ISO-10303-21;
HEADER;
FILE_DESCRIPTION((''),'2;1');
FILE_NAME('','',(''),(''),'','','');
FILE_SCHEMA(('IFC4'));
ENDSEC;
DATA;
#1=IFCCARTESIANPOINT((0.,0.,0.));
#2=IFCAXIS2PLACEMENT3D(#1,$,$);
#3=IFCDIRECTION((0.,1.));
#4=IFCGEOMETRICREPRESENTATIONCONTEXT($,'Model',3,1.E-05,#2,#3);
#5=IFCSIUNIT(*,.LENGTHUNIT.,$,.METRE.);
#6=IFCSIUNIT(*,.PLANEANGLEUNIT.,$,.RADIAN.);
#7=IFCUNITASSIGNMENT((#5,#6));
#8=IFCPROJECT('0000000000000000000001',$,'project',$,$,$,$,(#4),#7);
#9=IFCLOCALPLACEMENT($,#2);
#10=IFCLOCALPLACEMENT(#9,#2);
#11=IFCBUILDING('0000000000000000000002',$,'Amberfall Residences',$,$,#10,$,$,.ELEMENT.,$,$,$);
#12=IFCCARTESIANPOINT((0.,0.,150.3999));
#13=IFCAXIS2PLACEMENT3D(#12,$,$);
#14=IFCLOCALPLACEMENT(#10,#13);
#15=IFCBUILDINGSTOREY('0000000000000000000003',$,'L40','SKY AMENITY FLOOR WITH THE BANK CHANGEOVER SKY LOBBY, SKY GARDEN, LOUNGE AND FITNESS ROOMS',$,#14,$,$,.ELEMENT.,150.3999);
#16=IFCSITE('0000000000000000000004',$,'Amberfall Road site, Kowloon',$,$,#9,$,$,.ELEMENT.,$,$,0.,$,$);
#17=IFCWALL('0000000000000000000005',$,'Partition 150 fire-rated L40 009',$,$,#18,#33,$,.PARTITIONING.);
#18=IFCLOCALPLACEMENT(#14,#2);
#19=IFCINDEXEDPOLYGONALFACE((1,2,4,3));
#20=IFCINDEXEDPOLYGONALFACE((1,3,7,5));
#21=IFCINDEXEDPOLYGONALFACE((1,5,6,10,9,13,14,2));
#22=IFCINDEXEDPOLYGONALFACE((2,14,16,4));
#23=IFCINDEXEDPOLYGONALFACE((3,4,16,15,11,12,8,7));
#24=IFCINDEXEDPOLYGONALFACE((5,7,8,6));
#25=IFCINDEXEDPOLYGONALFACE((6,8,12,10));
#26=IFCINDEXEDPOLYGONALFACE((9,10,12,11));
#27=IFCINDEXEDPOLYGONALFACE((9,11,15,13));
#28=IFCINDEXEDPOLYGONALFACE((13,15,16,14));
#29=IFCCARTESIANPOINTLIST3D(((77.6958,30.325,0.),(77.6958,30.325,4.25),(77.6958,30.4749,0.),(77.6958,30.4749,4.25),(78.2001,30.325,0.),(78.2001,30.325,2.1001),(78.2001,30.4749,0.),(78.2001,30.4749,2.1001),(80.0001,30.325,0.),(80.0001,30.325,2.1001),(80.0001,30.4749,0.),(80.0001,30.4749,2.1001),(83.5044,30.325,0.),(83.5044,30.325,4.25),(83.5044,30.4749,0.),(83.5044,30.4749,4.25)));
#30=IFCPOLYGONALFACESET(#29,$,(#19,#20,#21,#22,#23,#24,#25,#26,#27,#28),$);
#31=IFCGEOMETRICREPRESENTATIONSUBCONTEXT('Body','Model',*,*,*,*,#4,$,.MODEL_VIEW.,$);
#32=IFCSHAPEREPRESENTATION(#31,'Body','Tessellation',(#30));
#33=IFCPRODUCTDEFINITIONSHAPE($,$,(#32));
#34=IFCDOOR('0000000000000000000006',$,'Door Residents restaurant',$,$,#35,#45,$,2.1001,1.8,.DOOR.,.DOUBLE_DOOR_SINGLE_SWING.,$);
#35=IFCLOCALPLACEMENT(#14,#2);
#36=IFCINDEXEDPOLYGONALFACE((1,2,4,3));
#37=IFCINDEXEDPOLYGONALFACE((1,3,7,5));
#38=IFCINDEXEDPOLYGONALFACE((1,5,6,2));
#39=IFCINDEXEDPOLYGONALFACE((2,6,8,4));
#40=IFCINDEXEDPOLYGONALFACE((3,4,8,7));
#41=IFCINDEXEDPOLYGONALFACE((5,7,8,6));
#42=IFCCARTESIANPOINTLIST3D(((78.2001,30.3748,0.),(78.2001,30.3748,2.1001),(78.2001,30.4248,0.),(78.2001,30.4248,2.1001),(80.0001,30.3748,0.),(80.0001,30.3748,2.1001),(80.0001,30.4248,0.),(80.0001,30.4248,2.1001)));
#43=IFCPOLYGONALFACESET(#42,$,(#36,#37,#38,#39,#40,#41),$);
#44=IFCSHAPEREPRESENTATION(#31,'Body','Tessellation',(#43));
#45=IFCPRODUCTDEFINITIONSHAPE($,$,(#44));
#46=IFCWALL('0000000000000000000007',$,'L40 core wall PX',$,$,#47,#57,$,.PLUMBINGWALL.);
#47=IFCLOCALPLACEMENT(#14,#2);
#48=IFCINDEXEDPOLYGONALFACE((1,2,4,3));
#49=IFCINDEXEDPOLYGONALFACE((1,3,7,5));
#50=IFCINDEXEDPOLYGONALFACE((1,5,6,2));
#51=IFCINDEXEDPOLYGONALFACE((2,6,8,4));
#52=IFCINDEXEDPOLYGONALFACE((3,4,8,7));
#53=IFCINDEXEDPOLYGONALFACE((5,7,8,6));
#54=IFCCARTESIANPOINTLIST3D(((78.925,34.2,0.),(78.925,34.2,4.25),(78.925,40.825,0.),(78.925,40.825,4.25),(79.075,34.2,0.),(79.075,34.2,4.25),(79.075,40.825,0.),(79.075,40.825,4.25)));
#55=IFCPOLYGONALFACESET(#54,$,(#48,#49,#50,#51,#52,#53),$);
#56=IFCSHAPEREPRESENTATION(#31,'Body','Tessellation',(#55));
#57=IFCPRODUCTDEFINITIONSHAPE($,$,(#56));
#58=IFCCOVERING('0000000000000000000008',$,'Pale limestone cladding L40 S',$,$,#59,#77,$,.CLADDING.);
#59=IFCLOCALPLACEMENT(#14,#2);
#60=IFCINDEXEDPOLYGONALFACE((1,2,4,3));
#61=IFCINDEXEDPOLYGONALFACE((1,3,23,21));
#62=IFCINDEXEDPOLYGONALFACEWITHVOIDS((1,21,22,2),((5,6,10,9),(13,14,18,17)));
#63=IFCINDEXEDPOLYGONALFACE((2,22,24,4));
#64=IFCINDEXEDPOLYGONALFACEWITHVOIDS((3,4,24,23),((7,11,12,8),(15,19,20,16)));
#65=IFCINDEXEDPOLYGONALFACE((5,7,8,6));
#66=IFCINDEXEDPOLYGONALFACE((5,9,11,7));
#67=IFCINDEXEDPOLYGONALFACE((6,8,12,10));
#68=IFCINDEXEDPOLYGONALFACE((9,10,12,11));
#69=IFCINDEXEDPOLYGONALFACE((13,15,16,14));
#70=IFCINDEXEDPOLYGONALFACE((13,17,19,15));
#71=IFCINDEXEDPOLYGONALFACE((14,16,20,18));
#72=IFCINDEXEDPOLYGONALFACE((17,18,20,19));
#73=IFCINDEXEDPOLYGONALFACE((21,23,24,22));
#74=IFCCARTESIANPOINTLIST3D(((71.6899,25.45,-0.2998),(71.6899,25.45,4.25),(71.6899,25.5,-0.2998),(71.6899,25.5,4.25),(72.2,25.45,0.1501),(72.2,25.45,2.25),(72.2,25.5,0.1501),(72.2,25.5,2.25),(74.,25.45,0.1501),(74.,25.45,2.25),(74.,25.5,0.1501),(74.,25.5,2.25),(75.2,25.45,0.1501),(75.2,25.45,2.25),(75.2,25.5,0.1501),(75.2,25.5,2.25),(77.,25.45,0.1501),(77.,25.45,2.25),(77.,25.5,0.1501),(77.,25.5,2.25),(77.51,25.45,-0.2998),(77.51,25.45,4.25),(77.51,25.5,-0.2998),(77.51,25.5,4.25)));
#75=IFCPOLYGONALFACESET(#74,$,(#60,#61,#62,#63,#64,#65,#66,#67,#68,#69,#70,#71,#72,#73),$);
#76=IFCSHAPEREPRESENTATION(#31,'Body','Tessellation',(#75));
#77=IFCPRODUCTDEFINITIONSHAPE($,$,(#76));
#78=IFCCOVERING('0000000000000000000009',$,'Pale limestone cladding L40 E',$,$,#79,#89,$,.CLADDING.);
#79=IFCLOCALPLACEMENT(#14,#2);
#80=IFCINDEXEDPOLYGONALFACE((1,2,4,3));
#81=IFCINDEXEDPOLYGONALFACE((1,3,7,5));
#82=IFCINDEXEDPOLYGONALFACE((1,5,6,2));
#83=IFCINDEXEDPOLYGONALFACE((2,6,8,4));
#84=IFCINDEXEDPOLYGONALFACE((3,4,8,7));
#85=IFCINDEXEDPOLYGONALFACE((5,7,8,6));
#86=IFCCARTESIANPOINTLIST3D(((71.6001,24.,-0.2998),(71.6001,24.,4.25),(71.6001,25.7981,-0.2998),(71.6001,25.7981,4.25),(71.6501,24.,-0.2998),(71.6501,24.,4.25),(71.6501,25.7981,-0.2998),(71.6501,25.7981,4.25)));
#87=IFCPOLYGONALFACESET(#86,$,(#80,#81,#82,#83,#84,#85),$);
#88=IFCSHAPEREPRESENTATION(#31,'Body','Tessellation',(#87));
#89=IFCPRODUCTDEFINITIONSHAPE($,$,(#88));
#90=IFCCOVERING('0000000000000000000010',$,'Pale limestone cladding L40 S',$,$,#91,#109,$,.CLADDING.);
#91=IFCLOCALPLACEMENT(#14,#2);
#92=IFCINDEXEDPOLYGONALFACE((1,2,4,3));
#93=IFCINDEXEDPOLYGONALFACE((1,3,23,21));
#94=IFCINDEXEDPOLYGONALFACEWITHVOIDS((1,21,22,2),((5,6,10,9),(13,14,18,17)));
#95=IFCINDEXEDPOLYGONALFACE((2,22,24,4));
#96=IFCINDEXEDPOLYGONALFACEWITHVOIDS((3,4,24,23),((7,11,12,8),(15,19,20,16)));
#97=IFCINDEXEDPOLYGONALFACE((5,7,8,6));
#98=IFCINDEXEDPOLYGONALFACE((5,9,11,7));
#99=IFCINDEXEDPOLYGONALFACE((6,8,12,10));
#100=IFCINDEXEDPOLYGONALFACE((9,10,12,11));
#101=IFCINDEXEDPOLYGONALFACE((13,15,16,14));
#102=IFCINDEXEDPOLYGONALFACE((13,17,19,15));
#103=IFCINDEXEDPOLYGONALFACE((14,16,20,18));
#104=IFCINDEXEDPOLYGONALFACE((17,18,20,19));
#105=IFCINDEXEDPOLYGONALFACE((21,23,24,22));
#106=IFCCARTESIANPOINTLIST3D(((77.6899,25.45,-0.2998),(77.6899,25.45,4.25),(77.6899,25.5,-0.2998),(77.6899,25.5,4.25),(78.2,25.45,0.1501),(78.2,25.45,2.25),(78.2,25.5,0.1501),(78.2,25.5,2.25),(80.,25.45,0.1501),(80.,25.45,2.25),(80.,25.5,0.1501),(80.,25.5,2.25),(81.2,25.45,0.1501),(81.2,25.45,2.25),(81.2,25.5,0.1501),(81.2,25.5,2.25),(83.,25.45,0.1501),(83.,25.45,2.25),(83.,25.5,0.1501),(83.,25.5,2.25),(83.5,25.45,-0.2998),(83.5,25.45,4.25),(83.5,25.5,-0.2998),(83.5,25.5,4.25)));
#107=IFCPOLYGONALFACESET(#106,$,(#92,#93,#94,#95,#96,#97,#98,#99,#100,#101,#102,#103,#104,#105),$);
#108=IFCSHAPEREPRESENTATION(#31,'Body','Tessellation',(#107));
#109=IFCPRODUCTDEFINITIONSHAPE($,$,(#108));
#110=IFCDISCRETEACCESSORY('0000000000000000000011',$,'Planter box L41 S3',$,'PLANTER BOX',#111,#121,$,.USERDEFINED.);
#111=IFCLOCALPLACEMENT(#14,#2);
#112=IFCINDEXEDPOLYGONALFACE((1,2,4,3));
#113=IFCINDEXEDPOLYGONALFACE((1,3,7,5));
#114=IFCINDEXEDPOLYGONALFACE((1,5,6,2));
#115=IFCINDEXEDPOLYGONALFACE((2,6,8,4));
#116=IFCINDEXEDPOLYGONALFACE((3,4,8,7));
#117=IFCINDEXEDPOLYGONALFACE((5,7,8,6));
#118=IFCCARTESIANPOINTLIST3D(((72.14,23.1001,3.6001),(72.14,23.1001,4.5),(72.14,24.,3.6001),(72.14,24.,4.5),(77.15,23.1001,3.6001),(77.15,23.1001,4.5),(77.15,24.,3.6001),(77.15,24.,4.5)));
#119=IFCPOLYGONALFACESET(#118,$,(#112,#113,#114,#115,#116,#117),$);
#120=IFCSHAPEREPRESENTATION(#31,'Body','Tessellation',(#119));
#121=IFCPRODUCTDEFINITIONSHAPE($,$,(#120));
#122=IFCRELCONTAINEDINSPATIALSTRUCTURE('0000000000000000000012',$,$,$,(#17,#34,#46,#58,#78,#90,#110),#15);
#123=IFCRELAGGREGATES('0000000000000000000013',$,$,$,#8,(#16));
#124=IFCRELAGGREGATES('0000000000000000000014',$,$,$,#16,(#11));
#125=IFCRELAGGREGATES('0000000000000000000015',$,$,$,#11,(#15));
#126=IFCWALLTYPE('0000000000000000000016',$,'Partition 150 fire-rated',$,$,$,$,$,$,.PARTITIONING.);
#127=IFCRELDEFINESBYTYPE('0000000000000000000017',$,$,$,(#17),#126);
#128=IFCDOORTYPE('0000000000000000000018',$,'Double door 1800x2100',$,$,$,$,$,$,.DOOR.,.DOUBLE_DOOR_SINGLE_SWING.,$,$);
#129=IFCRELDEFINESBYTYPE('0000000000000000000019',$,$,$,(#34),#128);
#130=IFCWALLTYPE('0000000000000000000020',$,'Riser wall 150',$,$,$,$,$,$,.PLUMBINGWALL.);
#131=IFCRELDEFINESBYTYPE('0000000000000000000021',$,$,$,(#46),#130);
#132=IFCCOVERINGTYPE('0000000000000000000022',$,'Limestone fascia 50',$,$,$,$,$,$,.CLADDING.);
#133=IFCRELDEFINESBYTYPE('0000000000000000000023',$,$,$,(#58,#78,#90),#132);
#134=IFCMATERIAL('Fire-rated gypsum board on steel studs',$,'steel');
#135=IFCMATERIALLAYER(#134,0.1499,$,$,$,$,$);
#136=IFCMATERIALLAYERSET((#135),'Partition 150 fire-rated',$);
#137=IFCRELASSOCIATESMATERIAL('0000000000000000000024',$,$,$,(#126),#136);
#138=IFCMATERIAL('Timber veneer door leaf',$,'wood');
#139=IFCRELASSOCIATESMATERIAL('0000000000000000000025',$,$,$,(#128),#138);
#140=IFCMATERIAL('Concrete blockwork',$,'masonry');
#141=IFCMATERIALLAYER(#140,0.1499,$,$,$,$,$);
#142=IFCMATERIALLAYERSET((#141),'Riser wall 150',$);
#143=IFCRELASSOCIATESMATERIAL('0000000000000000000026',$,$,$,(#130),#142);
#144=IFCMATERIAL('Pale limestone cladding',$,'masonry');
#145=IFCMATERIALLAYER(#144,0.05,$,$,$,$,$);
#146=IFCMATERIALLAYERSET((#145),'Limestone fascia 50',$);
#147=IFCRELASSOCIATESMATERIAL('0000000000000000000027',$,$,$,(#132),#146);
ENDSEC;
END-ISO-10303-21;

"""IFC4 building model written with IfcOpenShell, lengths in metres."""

from ifc_helpers import new_model, si_unit, direction, frame, frame_2d, origin, origin_2d, place, context, subcontext, project, spatial, polyline, rectangle, outline, extrude, material, layer, layer_set, type_object, element, fill, save


model = new_model("IFC4")

# Units and contexts
model_context = context("Model", 3, precision=1e-05, world=origin(), true_north=direction((0.0, 1.0)))
body_context = subcontext(model_context, "Body", "Model", "MODEL_VIEW")
ifc_project = project(units=[si_unit("LENGTHUNIT", "METRE"), si_unit("PLANEANGLEUNIT", "RADIAN")], contexts=[model_context])

# Site, building, storey
site_placement = place(None, origin())
site = spatial("IfcSite", under=ifc_project, at=site_placement, Name="Amberfall Road site, Kowloon", CompositionType="ELEMENT", RefElevation=0.0)
building_placement = place(site_placement, origin())
building = spatial("IfcBuilding", under=site, at=building_placement, Name="Amberfall Residences", CompositionType="ELEMENT")
storey_placement = place(building_placement, frame((0.0, 0.0, 150.3999)))
storey = spatial("IfcBuildingStorey", under=building, at=storey_placement, Name="L40", Description="SKY AMENITY FLOOR WITH THE BANK CHANGEOVER SKY LOBBY, SKY GARDEN, LOUNGE AND FITNESS ROOMS", CompositionType="ELEMENT", Elevation=150.3999)

# Shared definitions
ifc_material_1 = material(Name="Fire-rated gypsum board on steel studs", Category="steel")
ifc_layer_1 = layer(ifc_material_1, 0.1499)
ifc_layer_set_1 = layer_set([ifc_layer_1], Name="Partition 150 fire-rated")
wall_type_1 = type_object("IfcWallType", Name="Partition 150 fire-rated", PredefinedType="PARTITIONING", material=ifc_layer_set_1)

# Wall, opening, door
wall_1_placement = place(storey_placement, frame((77.6958, 30.3999, 0.0), z_axis=(0.0, 0.0, 1.0), x_axis=(1.0, 0.0, 0.0)))
wall_1 = element("IfcWall", 1, at=wall_1_placement, inside=storey, type_object=wall_type_1, Name="Partition 150 fire-rated L40 009", PredefinedType="PARTITIONING", context=body_context, shape_type="SweptSolid", body=[
    extrude(rectangle(XDim=5.8086, YDim=0.1499, at=frame_2d((2.9043, 0.0))), origin(), (0.0, 0.0, 1.0), 4.25),
])
opening_1_placement = place(wall_1_placement, frame((0.5044, 0.0, 0.0)))
opening_1 = element("IfcOpeningElement", 2, at=opening_1_placement, cuts=wall_1, PredefinedType="OPENING", context=body_context, shape_type="SweptSolid", body=[
    extrude(rectangle(XDim=1.8, YDim=2.1001, at=frame_2d((0.8999, 1.05))), frame((0.0, 0.085, 0.0), z_axis=(0.0, -1.0, 0.0), x_axis=(1.0, 0.0, 0.0)), (0.0, 0.0, 1.0), 0.1699),
])
ifc_material_2 = material(Name="Timber veneer door leaf", Category="wood")
door_type = type_object("IfcDoorType", Name="Double door 1800x2100", OperationType="DOUBLE_DOOR_SINGLE_SWING", PredefinedType="DOOR", material=ifc_material_2)
door_placement = place(opening_1_placement, origin())
door = element("IfcDoor", 3, at=door_placement, inside=storey, type_object=door_type, Name="Door Residents restaurant", OperationType="DOUBLE_DOOR_SINGLE_SWING", OverallHeight=2.1001, OverallWidth=1.8, PredefinedType="DOOR", context=body_context, shape_type="SweptSolid", body=[
    extrude(rectangle(XDim=1.8, YDim=2.1001, at=frame_2d((0.8999, 1.05))), frame((0.0, 0.0249, 0.0), z_axis=(0.0, -1.0, 0.0), x_axis=(1.0, 0.0, 0.0)), (0.0, 0.0, 1.0), 0.05),
])
fill(opening_1, door)

# Wall
ifc_material_3 = material(Name="Concrete blockwork", Category="masonry")
ifc_layer_2 = layer(ifc_material_3, 0.1499)
ifc_layer_set_2 = layer_set([ifc_layer_2], Name="Riser wall 150")
wall_type_2 = type_object("IfcWallType", Name="Riser wall 150", PredefinedType="PLUMBINGWALL", material=ifc_layer_set_2)
wall_2_placement = place(storey_placement, frame((79.0, 34.2, 0.0), z_axis=(0.0, 0.0, 1.0), x_axis=(0.0, 1.0, 0.0)))
element("IfcWall", 4, at=wall_2_placement, inside=storey, type_object=wall_type_2, Name="L40 core wall PX", PredefinedType="PLUMBINGWALL", context=body_context, shape_type="SweptSolid", body=[
    extrude(rectangle(XDim=6.625, YDim=0.1499, at=frame_2d((3.3125, 0.0))), origin(), (0.0, 0.0, 1.0), 4.25),
])

# Coverings
ifc_material_4 = material(Name="Pale limestone cladding", Category="masonry")
ifc_layer_3 = layer(ifc_material_4, 0.05)
ifc_layer_set_3 = layer_set([ifc_layer_3], Name="Limestone fascia 50")
covering_type = type_object("IfcCoveringType", Name="Limestone fascia 50", PredefinedType="CLADDING", material=ifc_layer_set_3)
covering_1_placement = place(storey_placement, frame((71.6899, 25.5, 4.25), z_axis=(0.0, 1.0, 0.0), x_axis=(1.0, 0.0, 0.0)))
element("IfcCovering", 5, at=covering_1_placement, inside=storey, type_object=covering_type, Name="Pale limestone cladding L40 S", PredefinedType="CLADDING", context=body_context, shape_type="SweptSolid", body=[
    extrude(outline(polyline([(0.0, 0.0), (5.8201, 0.0), (5.8201, 4.5498), (0.0, 4.5498), (0.0, 0.0)]), holes=[polyline([(0.51, 2.0), (2.3101, 2.0), (2.3101, 4.0999), (0.51, 4.0999), (0.51, 2.0)]), polyline([(3.51, 2.0), (5.3101, 2.0), (5.3101, 4.0999), (3.51, 4.0999), (3.51, 2.0)])]), origin(), (0.0, 0.0, -1.0), 0.05),
])
covering_2_placement = place(storey_placement, frame((71.6001, 24.0, 4.25), z_axis=(-1.0, 0.0, 0.0), x_axis=(0.0, 1.0, 0.0)))
element("IfcCovering", 6, at=covering_2_placement, inside=storey, type_object=covering_type, Name="Pale limestone cladding L40 E", PredefinedType="CLADDING", context=body_context, shape_type="SweptSolid", body=[
    extrude(outline(polyline([(0.0, 0.0), (1.7981, 0.0), (1.7981, 4.5498), (0.0, 4.5498), (0.0, 0.0)])), origin(), (0.0, 0.0, -1.0), 0.05),
])
covering_3_placement = place(storey_placement, frame((77.6899, 25.5, 4.25), z_axis=(0.0, 1.0, 0.0), x_axis=(1.0, 0.0, 0.0)))
element("IfcCovering", 7, at=covering_3_placement, inside=storey, type_object=covering_type, Name="Pale limestone cladding L40 S", PredefinedType="CLADDING", context=body_context, shape_type="SweptSolid", body=[
    extrude(outline(polyline([(0.0, 0.0), (5.8101, 0.0), (5.8101, 4.5498), (0.0, 4.5498), (0.0, 0.0)]), holes=[polyline([(0.51, 2.0), (2.3101, 2.0), (2.3101, 4.0999), (0.51, 4.0999), (0.51, 2.0)]), polyline([(3.51, 2.0), (5.3101, 2.0), (5.3101, 4.0999), (3.51, 4.0999), (3.51, 2.0)])]), origin(), (0.0, 0.0, -1.0), 0.05),
])

# Discrete accessory
discrete_accessory_placement = place(storey_placement, frame((74.645, 23.55, 3.6001), z_axis=(0.0, 0.0, 1.0), x_axis=(1.0, 0.0, 0.0)))
element("IfcDiscreteAccessory", 8, at=discrete_accessory_placement, inside=storey, Name="Planter box L41 S3", ObjectType="PLANTER BOX", PredefinedType="USERDEFINED", context=body_context, shape_type="SweptSolid", body=[
    extrude(rectangle(XDim=5.01, YDim=0.8999, at=origin_2d()), origin(), (0.0, 0.0, 1.0), 0.8999),
])

save(model, "model.ifc")
